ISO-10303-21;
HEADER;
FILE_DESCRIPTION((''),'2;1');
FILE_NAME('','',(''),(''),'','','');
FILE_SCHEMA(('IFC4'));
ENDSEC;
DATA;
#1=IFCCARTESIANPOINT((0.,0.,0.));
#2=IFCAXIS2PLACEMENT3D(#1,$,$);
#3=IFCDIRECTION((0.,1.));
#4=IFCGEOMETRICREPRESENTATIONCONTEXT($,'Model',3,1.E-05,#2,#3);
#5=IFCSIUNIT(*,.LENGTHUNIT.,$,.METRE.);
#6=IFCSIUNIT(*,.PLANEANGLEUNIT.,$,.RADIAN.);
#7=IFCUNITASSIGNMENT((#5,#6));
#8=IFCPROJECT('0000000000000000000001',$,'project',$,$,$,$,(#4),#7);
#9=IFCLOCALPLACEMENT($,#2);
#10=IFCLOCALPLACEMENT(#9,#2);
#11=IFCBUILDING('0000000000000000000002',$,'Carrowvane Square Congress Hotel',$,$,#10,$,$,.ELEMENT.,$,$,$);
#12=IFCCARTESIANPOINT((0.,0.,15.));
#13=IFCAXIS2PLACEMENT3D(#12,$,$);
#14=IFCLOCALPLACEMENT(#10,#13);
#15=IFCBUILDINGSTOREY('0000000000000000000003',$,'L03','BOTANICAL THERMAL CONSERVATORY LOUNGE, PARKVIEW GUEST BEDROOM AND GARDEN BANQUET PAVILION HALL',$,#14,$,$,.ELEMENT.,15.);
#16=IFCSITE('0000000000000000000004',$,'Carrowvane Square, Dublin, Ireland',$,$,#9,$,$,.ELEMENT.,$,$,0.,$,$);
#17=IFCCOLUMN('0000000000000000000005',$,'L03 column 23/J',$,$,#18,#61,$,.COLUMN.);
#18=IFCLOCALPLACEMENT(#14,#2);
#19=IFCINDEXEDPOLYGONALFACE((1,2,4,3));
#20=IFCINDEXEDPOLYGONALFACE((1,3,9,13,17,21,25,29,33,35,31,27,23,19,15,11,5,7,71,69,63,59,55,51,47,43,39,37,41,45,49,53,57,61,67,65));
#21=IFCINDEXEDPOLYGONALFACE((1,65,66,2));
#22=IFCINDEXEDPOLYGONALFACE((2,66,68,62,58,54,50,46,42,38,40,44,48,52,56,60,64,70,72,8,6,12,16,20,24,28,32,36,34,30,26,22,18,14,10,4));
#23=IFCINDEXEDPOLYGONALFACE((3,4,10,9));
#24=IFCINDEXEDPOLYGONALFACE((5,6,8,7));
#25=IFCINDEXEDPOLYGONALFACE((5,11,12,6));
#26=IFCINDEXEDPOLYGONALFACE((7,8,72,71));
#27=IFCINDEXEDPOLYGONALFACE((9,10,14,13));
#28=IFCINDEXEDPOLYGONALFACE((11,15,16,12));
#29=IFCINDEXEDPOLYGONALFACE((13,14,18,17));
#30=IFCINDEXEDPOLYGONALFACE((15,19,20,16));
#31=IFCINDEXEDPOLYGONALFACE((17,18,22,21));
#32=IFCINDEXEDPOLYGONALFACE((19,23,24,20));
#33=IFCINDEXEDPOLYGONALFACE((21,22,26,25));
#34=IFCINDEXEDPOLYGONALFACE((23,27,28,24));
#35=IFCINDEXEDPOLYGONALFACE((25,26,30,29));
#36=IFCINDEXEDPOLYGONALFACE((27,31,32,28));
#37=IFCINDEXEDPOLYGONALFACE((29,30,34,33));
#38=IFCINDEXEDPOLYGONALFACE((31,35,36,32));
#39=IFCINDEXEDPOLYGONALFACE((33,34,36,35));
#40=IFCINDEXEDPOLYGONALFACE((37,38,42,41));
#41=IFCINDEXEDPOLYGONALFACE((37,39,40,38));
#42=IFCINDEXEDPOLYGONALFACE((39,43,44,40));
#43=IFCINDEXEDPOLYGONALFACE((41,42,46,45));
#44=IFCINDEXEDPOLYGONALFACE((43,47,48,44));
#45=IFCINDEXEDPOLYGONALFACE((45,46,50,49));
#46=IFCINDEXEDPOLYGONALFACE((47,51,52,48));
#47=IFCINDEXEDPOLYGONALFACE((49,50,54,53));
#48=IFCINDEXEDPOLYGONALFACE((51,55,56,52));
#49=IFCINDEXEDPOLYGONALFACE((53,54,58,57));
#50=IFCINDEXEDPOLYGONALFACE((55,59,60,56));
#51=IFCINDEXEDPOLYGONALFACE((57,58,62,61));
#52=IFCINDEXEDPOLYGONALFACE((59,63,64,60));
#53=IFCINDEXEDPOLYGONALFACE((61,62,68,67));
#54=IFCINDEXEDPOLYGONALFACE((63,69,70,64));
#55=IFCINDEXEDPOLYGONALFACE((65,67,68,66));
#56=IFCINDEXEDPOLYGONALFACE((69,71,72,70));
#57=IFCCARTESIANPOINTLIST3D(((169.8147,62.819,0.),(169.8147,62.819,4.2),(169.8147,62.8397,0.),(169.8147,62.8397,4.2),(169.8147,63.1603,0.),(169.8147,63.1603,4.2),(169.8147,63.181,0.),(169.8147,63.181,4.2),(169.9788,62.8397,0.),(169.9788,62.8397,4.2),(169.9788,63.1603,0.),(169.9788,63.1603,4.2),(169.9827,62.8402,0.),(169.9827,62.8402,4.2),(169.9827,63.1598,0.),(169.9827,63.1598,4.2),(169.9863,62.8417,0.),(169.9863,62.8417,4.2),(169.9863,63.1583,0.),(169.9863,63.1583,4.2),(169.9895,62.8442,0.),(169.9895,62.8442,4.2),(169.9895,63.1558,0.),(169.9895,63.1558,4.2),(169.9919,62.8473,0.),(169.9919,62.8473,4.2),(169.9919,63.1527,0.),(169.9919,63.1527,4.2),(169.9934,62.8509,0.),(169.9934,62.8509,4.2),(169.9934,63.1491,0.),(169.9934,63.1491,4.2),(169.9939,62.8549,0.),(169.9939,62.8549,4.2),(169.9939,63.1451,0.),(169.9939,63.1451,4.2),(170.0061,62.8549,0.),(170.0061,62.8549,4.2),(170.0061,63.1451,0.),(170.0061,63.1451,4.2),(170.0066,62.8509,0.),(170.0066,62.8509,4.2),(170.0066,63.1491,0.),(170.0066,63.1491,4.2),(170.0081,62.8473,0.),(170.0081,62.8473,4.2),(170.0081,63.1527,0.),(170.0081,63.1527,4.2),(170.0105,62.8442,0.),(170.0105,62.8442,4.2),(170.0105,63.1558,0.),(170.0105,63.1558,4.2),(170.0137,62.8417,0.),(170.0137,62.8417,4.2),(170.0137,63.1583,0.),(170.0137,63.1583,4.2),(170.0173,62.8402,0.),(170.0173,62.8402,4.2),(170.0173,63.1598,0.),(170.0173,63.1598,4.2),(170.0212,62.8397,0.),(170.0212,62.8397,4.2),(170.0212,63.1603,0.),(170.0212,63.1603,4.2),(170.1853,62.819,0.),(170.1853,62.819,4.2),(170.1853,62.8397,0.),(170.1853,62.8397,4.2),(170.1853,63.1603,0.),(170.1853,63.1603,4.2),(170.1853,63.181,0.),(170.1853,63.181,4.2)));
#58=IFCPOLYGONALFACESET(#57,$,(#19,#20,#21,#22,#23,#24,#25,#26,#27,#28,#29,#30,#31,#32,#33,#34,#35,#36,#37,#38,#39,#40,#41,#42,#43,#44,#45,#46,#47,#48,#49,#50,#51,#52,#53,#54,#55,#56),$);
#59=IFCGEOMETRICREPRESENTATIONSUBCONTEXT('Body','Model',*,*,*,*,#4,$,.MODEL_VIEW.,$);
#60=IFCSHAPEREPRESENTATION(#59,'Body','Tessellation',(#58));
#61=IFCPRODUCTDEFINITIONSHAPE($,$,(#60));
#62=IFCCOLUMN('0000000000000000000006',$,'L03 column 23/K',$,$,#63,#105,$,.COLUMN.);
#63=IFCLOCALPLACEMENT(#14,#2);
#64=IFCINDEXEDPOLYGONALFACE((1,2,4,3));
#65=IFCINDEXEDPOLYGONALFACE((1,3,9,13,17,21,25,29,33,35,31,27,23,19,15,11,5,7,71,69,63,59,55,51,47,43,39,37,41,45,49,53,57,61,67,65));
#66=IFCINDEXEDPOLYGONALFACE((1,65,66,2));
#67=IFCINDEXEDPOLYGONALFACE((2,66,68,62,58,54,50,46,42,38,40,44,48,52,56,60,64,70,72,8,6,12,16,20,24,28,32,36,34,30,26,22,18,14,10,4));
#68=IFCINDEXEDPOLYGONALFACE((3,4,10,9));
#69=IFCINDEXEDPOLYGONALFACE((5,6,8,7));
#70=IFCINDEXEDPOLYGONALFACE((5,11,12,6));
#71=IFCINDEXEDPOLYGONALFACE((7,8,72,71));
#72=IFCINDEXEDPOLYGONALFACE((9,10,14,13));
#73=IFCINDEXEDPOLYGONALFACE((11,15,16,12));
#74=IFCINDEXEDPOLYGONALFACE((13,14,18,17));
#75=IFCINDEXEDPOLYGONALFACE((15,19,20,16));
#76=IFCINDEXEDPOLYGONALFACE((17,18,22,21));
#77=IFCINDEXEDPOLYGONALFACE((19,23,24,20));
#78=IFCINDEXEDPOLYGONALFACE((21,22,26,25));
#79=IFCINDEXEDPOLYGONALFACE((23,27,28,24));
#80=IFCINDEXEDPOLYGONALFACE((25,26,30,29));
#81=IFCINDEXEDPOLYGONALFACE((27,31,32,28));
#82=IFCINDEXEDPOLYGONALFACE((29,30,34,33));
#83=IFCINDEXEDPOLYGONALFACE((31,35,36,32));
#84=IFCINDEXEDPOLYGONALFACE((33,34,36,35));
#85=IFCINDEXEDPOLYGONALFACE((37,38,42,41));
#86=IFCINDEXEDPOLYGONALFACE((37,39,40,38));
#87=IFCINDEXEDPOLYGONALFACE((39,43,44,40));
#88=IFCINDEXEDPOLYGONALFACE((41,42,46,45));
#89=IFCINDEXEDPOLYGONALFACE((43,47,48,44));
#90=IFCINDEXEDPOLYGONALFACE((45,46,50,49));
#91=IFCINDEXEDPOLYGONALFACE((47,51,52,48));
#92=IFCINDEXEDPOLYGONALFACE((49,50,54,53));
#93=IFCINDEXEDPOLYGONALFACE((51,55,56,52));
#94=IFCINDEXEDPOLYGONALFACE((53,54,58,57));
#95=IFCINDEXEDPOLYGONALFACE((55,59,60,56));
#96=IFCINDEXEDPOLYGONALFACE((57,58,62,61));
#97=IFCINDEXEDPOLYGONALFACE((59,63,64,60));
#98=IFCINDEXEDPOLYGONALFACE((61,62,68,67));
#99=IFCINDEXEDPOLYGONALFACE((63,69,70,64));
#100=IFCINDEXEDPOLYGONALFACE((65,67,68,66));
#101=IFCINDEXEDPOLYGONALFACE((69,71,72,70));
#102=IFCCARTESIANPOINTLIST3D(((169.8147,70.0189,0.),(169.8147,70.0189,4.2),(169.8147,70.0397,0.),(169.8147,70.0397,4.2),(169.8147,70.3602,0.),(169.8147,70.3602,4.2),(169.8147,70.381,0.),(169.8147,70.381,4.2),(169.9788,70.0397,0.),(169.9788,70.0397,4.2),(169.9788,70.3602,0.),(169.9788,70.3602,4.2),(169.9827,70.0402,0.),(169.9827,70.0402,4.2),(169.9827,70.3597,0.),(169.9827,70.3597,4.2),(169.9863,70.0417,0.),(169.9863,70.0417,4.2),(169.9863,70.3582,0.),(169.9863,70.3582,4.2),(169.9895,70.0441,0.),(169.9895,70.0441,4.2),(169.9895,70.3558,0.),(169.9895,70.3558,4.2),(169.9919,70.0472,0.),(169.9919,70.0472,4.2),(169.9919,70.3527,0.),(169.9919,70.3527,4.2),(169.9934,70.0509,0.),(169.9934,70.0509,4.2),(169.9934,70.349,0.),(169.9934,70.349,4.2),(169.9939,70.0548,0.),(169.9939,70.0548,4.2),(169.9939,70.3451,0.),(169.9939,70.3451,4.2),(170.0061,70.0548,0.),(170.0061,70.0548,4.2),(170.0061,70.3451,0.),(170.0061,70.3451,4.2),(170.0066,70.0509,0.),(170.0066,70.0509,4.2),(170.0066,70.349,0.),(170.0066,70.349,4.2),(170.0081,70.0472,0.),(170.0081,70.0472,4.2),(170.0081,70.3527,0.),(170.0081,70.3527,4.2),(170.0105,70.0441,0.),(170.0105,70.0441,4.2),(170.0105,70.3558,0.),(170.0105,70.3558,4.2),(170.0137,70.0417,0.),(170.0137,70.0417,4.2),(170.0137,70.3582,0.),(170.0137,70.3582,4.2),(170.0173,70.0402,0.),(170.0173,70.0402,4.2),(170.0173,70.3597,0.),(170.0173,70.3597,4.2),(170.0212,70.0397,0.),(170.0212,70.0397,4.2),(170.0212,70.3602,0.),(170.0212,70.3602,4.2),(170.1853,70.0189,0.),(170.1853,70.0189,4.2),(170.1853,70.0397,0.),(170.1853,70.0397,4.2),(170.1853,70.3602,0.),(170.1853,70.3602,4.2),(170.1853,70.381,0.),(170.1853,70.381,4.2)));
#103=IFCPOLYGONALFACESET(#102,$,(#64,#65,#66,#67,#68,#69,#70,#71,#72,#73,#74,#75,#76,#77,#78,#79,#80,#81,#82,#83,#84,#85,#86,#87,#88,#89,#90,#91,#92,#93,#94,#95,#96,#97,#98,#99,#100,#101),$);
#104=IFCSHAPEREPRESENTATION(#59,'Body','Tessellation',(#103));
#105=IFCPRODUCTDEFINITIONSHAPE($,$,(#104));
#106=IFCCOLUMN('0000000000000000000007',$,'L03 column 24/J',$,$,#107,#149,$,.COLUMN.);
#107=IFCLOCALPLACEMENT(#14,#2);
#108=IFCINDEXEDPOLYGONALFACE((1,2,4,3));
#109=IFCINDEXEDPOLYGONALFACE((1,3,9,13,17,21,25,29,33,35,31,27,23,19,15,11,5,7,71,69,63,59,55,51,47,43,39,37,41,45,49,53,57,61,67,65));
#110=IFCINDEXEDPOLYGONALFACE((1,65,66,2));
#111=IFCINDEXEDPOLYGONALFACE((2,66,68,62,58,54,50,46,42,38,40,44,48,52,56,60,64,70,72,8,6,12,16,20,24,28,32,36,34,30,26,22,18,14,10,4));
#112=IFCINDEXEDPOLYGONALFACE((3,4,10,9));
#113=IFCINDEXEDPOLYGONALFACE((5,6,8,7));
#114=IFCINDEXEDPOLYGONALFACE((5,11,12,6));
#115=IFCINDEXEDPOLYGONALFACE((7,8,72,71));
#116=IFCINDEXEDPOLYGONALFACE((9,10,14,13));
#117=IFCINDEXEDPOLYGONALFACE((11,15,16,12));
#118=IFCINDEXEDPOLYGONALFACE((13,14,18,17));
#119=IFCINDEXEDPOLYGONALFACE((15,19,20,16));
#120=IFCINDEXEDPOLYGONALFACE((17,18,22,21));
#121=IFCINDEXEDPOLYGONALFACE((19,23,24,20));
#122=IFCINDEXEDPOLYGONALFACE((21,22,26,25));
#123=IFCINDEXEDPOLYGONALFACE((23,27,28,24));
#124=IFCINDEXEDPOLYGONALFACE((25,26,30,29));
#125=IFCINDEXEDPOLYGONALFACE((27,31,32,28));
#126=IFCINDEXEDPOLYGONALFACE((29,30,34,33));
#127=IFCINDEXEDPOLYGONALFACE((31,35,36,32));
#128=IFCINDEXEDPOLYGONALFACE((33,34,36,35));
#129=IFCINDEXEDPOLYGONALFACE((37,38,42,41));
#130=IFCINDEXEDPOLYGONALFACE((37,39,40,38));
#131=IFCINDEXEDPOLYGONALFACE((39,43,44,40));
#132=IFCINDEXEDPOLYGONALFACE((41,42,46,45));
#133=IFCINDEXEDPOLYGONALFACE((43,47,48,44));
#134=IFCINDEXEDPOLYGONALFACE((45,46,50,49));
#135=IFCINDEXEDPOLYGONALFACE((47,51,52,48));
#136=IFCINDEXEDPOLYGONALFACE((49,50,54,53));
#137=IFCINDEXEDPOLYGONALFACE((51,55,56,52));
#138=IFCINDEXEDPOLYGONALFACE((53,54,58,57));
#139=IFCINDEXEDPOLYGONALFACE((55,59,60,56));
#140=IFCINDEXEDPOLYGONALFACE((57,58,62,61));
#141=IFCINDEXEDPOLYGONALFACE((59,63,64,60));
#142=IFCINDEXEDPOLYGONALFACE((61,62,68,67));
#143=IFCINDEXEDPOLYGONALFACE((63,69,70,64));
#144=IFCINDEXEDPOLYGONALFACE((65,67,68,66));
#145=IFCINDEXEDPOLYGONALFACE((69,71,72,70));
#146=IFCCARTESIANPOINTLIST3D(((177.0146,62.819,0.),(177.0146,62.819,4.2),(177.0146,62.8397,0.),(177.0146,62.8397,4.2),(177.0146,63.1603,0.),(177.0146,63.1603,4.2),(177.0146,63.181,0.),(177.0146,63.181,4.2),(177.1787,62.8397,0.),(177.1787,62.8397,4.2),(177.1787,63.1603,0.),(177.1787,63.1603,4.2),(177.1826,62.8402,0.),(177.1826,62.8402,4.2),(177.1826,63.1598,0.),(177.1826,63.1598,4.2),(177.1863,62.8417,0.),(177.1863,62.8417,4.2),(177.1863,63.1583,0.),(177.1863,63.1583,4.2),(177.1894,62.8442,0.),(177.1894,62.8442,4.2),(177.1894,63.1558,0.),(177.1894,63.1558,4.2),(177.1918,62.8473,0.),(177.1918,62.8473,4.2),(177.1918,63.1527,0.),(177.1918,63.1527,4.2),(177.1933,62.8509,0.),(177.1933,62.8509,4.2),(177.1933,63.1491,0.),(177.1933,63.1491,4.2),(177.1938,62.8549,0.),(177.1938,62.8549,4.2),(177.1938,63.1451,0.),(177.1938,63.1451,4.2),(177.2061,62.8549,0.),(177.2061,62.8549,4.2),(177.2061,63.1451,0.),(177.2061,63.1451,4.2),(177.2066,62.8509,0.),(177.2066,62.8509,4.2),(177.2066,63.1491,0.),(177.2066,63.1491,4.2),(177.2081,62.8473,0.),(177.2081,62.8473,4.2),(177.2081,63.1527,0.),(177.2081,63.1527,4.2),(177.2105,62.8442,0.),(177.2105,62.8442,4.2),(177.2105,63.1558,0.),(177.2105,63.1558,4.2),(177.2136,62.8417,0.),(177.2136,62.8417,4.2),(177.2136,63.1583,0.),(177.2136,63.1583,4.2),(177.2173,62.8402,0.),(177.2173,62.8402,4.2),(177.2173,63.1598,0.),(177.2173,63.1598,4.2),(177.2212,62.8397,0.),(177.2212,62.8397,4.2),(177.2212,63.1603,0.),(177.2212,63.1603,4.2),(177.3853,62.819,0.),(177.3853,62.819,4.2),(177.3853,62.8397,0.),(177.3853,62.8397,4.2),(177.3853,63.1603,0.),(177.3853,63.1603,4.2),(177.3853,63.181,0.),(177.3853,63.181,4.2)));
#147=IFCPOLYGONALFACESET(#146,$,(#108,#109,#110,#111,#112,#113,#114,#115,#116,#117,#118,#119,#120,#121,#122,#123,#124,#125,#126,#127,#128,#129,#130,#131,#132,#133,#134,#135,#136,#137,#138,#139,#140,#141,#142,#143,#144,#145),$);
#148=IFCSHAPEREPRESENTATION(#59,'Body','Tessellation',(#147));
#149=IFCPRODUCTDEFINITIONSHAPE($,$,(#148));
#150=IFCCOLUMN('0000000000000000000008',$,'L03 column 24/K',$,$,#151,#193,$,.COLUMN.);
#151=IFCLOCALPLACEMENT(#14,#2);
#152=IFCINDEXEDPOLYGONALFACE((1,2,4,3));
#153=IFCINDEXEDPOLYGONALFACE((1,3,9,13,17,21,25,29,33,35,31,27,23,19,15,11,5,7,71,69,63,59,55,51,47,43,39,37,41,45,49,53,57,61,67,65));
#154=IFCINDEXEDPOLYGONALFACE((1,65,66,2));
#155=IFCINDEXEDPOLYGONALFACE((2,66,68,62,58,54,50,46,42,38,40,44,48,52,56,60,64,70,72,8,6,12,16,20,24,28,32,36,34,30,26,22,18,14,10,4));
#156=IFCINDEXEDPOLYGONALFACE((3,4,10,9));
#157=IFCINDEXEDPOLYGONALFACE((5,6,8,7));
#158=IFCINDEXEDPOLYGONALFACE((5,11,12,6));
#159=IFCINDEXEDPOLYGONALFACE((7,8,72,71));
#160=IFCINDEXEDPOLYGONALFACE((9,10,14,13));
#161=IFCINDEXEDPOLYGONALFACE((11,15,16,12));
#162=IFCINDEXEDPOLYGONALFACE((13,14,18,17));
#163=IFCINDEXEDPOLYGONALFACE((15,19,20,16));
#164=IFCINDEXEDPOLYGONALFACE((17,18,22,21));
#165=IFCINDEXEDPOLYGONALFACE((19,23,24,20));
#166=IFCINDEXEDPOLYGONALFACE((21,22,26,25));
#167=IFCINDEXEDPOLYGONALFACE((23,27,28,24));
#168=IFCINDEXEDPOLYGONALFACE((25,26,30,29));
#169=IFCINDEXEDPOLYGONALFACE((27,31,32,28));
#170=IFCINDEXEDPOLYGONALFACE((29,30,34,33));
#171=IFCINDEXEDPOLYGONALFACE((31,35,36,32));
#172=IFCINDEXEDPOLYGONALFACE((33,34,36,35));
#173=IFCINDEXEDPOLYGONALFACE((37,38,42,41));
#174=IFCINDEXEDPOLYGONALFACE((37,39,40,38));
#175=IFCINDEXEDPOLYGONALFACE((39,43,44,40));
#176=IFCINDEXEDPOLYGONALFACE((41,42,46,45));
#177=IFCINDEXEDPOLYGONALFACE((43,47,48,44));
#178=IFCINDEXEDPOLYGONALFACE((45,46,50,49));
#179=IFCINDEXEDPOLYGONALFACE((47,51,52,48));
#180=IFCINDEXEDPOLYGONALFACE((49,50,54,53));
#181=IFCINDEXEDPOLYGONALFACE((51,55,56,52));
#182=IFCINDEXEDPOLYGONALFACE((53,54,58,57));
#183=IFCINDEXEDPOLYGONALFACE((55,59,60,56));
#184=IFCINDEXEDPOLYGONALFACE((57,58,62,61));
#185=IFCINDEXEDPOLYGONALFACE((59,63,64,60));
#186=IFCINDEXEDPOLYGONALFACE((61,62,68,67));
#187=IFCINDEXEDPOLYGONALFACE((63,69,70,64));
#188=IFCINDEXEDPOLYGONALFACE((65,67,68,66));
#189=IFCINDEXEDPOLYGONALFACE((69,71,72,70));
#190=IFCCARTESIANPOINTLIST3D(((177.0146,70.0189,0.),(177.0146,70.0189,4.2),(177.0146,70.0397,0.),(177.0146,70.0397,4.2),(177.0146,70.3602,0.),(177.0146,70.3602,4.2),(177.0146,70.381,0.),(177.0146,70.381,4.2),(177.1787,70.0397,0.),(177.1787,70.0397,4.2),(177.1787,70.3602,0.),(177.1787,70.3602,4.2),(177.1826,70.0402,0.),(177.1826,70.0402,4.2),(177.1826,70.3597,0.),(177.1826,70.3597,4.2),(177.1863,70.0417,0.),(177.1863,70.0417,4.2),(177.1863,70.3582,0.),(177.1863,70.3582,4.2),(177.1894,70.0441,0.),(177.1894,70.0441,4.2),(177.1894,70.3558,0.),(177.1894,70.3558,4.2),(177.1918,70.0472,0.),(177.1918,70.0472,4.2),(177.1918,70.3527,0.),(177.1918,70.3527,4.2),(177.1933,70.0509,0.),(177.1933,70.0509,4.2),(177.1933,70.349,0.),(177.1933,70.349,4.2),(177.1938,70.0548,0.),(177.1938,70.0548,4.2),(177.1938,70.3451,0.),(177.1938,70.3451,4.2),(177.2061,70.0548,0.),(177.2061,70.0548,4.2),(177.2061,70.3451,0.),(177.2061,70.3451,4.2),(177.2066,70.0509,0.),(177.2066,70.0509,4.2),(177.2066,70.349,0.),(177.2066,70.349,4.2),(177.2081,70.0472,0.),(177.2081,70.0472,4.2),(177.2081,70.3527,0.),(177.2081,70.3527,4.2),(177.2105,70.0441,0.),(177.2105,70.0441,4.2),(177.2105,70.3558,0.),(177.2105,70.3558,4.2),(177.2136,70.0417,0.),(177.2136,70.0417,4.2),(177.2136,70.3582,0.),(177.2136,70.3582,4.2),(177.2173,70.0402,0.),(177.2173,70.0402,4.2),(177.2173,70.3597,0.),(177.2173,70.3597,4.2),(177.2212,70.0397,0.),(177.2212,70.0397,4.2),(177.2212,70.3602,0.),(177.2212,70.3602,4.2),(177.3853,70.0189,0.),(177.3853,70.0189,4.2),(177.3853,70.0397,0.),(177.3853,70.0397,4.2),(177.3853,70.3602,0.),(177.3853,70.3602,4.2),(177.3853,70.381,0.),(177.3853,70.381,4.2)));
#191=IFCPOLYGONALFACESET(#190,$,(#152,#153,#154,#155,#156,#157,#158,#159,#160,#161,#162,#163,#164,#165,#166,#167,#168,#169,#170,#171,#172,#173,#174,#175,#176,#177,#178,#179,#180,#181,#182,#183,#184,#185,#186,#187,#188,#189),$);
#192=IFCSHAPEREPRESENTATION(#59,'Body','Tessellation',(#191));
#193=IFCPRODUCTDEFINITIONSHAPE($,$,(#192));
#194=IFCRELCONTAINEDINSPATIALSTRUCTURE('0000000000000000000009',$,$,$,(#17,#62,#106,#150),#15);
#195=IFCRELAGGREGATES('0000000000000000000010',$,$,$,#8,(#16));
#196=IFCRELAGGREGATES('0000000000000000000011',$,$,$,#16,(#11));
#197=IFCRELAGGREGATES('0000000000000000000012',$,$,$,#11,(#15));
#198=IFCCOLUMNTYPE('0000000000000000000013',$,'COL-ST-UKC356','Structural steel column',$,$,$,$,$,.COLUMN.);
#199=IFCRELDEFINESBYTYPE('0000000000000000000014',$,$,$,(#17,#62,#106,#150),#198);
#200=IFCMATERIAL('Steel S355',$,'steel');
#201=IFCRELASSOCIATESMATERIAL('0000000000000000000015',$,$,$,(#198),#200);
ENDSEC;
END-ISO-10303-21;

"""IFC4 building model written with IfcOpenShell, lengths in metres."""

from ifc_helpers import new_model, si_unit, direction, frame, origin, origin_2d, place, context, subcontext, project, spatial, i_section, extrude, material, material_profile, profile_set, type_object, element, save


model = new_model("IFC4")

# Units and contexts
model_context = context("Model", 3, precision=1e-05, world=origin(), true_north=direction((0.0, 1.0)))
body_context = subcontext(model_context, "Body", "Model", "MODEL_VIEW")
ifc_project = project(units=[si_unit("LENGTHUNIT", "METRE"), si_unit("PLANEANGLEUNIT", "RADIAN")], contexts=[model_context])

# Site, building, storey
site_placement = place(None, origin())
site = spatial("IfcSite", under=ifc_project, at=site_placement, Name="Carrowvane Square, Dublin, Ireland", CompositionType="ELEMENT", RefElevation=0.0)
building_placement = place(site_placement, origin())
building = spatial("IfcBuilding", under=site, at=building_placement, Name="Carrowvane Square Congress Hotel", CompositionType="ELEMENT")
storey_placement = place(building_placement, frame((0.0, 0.0, 15.0)))
storey = spatial("IfcBuildingStorey", under=building, at=storey_placement, Name="L03", Description="BOTANICAL THERMAL CONSERVATORY LOUNGE, PARKVIEW GUEST BEDROOM AND GARDEN BANQUET PAVILION HALL", CompositionType="ELEMENT", Elevation=15.0)

# Columns
ifc_material_1 = material(Name="Steel S355", Category="steel")
ifc_material_profile_1 = material_profile(ifc_material_1, i_section(OverallWidth=0.3706, OverallDepth=0.3621, WebThickness=0.0122, FlangeThickness=0.0208, FilletRadius=0.0151, at=origin_2d()), Name="UKC 356x368x153")
ifc_profile_set_1 = profile_set([ifc_material_profile_1], Name="Steel S355")
column_type = type_object("IfcColumnType", Name="COL-ST-UKC356", Description="Structural steel column", PredefinedType="COLUMN", material=ifc_profile_set_1)
for number, where, z_axis, x_axis, name in (
    (1, (170.0, 63.0, 0.0), (0.0, 0.0, 1.0), (1.0, 0.0, 0.0), "L03 column 23/J"),
    (2, (170.0, 70.2, 0.0), (0.0, 0.0, 1.0), (1.0, 0.0, 0.0), "L03 column 23/K"),
    (3, (177.2, 63.0, 0.0), (0.0, 0.0, 1.0), (1.0, 0.0, 0.0), "L03 column 24/J"),
    (4, (177.2, 70.2, 0.0), (0.0, 0.0, 1.0), (1.0, 0.0, 0.0), "L03 column 24/K"),
):
    element("IfcColumn", number, at=place(storey_placement, frame(where, z_axis=z_axis, x_axis=x_axis)), inside=storey, type_object=column_type, Name=name, PredefinedType="COLUMN", context=body_context, shape_type="SweptSolid", body=[
        extrude(i_section(OverallWidth=0.3706, OverallDepth=0.3621, WebThickness=0.0122, FlangeThickness=0.0208, FilletRadius=0.0151, at=origin_2d()), origin(), (0.0, 0.0, 1.0), 4.2),
    ])

save(model, "model.ifc")
